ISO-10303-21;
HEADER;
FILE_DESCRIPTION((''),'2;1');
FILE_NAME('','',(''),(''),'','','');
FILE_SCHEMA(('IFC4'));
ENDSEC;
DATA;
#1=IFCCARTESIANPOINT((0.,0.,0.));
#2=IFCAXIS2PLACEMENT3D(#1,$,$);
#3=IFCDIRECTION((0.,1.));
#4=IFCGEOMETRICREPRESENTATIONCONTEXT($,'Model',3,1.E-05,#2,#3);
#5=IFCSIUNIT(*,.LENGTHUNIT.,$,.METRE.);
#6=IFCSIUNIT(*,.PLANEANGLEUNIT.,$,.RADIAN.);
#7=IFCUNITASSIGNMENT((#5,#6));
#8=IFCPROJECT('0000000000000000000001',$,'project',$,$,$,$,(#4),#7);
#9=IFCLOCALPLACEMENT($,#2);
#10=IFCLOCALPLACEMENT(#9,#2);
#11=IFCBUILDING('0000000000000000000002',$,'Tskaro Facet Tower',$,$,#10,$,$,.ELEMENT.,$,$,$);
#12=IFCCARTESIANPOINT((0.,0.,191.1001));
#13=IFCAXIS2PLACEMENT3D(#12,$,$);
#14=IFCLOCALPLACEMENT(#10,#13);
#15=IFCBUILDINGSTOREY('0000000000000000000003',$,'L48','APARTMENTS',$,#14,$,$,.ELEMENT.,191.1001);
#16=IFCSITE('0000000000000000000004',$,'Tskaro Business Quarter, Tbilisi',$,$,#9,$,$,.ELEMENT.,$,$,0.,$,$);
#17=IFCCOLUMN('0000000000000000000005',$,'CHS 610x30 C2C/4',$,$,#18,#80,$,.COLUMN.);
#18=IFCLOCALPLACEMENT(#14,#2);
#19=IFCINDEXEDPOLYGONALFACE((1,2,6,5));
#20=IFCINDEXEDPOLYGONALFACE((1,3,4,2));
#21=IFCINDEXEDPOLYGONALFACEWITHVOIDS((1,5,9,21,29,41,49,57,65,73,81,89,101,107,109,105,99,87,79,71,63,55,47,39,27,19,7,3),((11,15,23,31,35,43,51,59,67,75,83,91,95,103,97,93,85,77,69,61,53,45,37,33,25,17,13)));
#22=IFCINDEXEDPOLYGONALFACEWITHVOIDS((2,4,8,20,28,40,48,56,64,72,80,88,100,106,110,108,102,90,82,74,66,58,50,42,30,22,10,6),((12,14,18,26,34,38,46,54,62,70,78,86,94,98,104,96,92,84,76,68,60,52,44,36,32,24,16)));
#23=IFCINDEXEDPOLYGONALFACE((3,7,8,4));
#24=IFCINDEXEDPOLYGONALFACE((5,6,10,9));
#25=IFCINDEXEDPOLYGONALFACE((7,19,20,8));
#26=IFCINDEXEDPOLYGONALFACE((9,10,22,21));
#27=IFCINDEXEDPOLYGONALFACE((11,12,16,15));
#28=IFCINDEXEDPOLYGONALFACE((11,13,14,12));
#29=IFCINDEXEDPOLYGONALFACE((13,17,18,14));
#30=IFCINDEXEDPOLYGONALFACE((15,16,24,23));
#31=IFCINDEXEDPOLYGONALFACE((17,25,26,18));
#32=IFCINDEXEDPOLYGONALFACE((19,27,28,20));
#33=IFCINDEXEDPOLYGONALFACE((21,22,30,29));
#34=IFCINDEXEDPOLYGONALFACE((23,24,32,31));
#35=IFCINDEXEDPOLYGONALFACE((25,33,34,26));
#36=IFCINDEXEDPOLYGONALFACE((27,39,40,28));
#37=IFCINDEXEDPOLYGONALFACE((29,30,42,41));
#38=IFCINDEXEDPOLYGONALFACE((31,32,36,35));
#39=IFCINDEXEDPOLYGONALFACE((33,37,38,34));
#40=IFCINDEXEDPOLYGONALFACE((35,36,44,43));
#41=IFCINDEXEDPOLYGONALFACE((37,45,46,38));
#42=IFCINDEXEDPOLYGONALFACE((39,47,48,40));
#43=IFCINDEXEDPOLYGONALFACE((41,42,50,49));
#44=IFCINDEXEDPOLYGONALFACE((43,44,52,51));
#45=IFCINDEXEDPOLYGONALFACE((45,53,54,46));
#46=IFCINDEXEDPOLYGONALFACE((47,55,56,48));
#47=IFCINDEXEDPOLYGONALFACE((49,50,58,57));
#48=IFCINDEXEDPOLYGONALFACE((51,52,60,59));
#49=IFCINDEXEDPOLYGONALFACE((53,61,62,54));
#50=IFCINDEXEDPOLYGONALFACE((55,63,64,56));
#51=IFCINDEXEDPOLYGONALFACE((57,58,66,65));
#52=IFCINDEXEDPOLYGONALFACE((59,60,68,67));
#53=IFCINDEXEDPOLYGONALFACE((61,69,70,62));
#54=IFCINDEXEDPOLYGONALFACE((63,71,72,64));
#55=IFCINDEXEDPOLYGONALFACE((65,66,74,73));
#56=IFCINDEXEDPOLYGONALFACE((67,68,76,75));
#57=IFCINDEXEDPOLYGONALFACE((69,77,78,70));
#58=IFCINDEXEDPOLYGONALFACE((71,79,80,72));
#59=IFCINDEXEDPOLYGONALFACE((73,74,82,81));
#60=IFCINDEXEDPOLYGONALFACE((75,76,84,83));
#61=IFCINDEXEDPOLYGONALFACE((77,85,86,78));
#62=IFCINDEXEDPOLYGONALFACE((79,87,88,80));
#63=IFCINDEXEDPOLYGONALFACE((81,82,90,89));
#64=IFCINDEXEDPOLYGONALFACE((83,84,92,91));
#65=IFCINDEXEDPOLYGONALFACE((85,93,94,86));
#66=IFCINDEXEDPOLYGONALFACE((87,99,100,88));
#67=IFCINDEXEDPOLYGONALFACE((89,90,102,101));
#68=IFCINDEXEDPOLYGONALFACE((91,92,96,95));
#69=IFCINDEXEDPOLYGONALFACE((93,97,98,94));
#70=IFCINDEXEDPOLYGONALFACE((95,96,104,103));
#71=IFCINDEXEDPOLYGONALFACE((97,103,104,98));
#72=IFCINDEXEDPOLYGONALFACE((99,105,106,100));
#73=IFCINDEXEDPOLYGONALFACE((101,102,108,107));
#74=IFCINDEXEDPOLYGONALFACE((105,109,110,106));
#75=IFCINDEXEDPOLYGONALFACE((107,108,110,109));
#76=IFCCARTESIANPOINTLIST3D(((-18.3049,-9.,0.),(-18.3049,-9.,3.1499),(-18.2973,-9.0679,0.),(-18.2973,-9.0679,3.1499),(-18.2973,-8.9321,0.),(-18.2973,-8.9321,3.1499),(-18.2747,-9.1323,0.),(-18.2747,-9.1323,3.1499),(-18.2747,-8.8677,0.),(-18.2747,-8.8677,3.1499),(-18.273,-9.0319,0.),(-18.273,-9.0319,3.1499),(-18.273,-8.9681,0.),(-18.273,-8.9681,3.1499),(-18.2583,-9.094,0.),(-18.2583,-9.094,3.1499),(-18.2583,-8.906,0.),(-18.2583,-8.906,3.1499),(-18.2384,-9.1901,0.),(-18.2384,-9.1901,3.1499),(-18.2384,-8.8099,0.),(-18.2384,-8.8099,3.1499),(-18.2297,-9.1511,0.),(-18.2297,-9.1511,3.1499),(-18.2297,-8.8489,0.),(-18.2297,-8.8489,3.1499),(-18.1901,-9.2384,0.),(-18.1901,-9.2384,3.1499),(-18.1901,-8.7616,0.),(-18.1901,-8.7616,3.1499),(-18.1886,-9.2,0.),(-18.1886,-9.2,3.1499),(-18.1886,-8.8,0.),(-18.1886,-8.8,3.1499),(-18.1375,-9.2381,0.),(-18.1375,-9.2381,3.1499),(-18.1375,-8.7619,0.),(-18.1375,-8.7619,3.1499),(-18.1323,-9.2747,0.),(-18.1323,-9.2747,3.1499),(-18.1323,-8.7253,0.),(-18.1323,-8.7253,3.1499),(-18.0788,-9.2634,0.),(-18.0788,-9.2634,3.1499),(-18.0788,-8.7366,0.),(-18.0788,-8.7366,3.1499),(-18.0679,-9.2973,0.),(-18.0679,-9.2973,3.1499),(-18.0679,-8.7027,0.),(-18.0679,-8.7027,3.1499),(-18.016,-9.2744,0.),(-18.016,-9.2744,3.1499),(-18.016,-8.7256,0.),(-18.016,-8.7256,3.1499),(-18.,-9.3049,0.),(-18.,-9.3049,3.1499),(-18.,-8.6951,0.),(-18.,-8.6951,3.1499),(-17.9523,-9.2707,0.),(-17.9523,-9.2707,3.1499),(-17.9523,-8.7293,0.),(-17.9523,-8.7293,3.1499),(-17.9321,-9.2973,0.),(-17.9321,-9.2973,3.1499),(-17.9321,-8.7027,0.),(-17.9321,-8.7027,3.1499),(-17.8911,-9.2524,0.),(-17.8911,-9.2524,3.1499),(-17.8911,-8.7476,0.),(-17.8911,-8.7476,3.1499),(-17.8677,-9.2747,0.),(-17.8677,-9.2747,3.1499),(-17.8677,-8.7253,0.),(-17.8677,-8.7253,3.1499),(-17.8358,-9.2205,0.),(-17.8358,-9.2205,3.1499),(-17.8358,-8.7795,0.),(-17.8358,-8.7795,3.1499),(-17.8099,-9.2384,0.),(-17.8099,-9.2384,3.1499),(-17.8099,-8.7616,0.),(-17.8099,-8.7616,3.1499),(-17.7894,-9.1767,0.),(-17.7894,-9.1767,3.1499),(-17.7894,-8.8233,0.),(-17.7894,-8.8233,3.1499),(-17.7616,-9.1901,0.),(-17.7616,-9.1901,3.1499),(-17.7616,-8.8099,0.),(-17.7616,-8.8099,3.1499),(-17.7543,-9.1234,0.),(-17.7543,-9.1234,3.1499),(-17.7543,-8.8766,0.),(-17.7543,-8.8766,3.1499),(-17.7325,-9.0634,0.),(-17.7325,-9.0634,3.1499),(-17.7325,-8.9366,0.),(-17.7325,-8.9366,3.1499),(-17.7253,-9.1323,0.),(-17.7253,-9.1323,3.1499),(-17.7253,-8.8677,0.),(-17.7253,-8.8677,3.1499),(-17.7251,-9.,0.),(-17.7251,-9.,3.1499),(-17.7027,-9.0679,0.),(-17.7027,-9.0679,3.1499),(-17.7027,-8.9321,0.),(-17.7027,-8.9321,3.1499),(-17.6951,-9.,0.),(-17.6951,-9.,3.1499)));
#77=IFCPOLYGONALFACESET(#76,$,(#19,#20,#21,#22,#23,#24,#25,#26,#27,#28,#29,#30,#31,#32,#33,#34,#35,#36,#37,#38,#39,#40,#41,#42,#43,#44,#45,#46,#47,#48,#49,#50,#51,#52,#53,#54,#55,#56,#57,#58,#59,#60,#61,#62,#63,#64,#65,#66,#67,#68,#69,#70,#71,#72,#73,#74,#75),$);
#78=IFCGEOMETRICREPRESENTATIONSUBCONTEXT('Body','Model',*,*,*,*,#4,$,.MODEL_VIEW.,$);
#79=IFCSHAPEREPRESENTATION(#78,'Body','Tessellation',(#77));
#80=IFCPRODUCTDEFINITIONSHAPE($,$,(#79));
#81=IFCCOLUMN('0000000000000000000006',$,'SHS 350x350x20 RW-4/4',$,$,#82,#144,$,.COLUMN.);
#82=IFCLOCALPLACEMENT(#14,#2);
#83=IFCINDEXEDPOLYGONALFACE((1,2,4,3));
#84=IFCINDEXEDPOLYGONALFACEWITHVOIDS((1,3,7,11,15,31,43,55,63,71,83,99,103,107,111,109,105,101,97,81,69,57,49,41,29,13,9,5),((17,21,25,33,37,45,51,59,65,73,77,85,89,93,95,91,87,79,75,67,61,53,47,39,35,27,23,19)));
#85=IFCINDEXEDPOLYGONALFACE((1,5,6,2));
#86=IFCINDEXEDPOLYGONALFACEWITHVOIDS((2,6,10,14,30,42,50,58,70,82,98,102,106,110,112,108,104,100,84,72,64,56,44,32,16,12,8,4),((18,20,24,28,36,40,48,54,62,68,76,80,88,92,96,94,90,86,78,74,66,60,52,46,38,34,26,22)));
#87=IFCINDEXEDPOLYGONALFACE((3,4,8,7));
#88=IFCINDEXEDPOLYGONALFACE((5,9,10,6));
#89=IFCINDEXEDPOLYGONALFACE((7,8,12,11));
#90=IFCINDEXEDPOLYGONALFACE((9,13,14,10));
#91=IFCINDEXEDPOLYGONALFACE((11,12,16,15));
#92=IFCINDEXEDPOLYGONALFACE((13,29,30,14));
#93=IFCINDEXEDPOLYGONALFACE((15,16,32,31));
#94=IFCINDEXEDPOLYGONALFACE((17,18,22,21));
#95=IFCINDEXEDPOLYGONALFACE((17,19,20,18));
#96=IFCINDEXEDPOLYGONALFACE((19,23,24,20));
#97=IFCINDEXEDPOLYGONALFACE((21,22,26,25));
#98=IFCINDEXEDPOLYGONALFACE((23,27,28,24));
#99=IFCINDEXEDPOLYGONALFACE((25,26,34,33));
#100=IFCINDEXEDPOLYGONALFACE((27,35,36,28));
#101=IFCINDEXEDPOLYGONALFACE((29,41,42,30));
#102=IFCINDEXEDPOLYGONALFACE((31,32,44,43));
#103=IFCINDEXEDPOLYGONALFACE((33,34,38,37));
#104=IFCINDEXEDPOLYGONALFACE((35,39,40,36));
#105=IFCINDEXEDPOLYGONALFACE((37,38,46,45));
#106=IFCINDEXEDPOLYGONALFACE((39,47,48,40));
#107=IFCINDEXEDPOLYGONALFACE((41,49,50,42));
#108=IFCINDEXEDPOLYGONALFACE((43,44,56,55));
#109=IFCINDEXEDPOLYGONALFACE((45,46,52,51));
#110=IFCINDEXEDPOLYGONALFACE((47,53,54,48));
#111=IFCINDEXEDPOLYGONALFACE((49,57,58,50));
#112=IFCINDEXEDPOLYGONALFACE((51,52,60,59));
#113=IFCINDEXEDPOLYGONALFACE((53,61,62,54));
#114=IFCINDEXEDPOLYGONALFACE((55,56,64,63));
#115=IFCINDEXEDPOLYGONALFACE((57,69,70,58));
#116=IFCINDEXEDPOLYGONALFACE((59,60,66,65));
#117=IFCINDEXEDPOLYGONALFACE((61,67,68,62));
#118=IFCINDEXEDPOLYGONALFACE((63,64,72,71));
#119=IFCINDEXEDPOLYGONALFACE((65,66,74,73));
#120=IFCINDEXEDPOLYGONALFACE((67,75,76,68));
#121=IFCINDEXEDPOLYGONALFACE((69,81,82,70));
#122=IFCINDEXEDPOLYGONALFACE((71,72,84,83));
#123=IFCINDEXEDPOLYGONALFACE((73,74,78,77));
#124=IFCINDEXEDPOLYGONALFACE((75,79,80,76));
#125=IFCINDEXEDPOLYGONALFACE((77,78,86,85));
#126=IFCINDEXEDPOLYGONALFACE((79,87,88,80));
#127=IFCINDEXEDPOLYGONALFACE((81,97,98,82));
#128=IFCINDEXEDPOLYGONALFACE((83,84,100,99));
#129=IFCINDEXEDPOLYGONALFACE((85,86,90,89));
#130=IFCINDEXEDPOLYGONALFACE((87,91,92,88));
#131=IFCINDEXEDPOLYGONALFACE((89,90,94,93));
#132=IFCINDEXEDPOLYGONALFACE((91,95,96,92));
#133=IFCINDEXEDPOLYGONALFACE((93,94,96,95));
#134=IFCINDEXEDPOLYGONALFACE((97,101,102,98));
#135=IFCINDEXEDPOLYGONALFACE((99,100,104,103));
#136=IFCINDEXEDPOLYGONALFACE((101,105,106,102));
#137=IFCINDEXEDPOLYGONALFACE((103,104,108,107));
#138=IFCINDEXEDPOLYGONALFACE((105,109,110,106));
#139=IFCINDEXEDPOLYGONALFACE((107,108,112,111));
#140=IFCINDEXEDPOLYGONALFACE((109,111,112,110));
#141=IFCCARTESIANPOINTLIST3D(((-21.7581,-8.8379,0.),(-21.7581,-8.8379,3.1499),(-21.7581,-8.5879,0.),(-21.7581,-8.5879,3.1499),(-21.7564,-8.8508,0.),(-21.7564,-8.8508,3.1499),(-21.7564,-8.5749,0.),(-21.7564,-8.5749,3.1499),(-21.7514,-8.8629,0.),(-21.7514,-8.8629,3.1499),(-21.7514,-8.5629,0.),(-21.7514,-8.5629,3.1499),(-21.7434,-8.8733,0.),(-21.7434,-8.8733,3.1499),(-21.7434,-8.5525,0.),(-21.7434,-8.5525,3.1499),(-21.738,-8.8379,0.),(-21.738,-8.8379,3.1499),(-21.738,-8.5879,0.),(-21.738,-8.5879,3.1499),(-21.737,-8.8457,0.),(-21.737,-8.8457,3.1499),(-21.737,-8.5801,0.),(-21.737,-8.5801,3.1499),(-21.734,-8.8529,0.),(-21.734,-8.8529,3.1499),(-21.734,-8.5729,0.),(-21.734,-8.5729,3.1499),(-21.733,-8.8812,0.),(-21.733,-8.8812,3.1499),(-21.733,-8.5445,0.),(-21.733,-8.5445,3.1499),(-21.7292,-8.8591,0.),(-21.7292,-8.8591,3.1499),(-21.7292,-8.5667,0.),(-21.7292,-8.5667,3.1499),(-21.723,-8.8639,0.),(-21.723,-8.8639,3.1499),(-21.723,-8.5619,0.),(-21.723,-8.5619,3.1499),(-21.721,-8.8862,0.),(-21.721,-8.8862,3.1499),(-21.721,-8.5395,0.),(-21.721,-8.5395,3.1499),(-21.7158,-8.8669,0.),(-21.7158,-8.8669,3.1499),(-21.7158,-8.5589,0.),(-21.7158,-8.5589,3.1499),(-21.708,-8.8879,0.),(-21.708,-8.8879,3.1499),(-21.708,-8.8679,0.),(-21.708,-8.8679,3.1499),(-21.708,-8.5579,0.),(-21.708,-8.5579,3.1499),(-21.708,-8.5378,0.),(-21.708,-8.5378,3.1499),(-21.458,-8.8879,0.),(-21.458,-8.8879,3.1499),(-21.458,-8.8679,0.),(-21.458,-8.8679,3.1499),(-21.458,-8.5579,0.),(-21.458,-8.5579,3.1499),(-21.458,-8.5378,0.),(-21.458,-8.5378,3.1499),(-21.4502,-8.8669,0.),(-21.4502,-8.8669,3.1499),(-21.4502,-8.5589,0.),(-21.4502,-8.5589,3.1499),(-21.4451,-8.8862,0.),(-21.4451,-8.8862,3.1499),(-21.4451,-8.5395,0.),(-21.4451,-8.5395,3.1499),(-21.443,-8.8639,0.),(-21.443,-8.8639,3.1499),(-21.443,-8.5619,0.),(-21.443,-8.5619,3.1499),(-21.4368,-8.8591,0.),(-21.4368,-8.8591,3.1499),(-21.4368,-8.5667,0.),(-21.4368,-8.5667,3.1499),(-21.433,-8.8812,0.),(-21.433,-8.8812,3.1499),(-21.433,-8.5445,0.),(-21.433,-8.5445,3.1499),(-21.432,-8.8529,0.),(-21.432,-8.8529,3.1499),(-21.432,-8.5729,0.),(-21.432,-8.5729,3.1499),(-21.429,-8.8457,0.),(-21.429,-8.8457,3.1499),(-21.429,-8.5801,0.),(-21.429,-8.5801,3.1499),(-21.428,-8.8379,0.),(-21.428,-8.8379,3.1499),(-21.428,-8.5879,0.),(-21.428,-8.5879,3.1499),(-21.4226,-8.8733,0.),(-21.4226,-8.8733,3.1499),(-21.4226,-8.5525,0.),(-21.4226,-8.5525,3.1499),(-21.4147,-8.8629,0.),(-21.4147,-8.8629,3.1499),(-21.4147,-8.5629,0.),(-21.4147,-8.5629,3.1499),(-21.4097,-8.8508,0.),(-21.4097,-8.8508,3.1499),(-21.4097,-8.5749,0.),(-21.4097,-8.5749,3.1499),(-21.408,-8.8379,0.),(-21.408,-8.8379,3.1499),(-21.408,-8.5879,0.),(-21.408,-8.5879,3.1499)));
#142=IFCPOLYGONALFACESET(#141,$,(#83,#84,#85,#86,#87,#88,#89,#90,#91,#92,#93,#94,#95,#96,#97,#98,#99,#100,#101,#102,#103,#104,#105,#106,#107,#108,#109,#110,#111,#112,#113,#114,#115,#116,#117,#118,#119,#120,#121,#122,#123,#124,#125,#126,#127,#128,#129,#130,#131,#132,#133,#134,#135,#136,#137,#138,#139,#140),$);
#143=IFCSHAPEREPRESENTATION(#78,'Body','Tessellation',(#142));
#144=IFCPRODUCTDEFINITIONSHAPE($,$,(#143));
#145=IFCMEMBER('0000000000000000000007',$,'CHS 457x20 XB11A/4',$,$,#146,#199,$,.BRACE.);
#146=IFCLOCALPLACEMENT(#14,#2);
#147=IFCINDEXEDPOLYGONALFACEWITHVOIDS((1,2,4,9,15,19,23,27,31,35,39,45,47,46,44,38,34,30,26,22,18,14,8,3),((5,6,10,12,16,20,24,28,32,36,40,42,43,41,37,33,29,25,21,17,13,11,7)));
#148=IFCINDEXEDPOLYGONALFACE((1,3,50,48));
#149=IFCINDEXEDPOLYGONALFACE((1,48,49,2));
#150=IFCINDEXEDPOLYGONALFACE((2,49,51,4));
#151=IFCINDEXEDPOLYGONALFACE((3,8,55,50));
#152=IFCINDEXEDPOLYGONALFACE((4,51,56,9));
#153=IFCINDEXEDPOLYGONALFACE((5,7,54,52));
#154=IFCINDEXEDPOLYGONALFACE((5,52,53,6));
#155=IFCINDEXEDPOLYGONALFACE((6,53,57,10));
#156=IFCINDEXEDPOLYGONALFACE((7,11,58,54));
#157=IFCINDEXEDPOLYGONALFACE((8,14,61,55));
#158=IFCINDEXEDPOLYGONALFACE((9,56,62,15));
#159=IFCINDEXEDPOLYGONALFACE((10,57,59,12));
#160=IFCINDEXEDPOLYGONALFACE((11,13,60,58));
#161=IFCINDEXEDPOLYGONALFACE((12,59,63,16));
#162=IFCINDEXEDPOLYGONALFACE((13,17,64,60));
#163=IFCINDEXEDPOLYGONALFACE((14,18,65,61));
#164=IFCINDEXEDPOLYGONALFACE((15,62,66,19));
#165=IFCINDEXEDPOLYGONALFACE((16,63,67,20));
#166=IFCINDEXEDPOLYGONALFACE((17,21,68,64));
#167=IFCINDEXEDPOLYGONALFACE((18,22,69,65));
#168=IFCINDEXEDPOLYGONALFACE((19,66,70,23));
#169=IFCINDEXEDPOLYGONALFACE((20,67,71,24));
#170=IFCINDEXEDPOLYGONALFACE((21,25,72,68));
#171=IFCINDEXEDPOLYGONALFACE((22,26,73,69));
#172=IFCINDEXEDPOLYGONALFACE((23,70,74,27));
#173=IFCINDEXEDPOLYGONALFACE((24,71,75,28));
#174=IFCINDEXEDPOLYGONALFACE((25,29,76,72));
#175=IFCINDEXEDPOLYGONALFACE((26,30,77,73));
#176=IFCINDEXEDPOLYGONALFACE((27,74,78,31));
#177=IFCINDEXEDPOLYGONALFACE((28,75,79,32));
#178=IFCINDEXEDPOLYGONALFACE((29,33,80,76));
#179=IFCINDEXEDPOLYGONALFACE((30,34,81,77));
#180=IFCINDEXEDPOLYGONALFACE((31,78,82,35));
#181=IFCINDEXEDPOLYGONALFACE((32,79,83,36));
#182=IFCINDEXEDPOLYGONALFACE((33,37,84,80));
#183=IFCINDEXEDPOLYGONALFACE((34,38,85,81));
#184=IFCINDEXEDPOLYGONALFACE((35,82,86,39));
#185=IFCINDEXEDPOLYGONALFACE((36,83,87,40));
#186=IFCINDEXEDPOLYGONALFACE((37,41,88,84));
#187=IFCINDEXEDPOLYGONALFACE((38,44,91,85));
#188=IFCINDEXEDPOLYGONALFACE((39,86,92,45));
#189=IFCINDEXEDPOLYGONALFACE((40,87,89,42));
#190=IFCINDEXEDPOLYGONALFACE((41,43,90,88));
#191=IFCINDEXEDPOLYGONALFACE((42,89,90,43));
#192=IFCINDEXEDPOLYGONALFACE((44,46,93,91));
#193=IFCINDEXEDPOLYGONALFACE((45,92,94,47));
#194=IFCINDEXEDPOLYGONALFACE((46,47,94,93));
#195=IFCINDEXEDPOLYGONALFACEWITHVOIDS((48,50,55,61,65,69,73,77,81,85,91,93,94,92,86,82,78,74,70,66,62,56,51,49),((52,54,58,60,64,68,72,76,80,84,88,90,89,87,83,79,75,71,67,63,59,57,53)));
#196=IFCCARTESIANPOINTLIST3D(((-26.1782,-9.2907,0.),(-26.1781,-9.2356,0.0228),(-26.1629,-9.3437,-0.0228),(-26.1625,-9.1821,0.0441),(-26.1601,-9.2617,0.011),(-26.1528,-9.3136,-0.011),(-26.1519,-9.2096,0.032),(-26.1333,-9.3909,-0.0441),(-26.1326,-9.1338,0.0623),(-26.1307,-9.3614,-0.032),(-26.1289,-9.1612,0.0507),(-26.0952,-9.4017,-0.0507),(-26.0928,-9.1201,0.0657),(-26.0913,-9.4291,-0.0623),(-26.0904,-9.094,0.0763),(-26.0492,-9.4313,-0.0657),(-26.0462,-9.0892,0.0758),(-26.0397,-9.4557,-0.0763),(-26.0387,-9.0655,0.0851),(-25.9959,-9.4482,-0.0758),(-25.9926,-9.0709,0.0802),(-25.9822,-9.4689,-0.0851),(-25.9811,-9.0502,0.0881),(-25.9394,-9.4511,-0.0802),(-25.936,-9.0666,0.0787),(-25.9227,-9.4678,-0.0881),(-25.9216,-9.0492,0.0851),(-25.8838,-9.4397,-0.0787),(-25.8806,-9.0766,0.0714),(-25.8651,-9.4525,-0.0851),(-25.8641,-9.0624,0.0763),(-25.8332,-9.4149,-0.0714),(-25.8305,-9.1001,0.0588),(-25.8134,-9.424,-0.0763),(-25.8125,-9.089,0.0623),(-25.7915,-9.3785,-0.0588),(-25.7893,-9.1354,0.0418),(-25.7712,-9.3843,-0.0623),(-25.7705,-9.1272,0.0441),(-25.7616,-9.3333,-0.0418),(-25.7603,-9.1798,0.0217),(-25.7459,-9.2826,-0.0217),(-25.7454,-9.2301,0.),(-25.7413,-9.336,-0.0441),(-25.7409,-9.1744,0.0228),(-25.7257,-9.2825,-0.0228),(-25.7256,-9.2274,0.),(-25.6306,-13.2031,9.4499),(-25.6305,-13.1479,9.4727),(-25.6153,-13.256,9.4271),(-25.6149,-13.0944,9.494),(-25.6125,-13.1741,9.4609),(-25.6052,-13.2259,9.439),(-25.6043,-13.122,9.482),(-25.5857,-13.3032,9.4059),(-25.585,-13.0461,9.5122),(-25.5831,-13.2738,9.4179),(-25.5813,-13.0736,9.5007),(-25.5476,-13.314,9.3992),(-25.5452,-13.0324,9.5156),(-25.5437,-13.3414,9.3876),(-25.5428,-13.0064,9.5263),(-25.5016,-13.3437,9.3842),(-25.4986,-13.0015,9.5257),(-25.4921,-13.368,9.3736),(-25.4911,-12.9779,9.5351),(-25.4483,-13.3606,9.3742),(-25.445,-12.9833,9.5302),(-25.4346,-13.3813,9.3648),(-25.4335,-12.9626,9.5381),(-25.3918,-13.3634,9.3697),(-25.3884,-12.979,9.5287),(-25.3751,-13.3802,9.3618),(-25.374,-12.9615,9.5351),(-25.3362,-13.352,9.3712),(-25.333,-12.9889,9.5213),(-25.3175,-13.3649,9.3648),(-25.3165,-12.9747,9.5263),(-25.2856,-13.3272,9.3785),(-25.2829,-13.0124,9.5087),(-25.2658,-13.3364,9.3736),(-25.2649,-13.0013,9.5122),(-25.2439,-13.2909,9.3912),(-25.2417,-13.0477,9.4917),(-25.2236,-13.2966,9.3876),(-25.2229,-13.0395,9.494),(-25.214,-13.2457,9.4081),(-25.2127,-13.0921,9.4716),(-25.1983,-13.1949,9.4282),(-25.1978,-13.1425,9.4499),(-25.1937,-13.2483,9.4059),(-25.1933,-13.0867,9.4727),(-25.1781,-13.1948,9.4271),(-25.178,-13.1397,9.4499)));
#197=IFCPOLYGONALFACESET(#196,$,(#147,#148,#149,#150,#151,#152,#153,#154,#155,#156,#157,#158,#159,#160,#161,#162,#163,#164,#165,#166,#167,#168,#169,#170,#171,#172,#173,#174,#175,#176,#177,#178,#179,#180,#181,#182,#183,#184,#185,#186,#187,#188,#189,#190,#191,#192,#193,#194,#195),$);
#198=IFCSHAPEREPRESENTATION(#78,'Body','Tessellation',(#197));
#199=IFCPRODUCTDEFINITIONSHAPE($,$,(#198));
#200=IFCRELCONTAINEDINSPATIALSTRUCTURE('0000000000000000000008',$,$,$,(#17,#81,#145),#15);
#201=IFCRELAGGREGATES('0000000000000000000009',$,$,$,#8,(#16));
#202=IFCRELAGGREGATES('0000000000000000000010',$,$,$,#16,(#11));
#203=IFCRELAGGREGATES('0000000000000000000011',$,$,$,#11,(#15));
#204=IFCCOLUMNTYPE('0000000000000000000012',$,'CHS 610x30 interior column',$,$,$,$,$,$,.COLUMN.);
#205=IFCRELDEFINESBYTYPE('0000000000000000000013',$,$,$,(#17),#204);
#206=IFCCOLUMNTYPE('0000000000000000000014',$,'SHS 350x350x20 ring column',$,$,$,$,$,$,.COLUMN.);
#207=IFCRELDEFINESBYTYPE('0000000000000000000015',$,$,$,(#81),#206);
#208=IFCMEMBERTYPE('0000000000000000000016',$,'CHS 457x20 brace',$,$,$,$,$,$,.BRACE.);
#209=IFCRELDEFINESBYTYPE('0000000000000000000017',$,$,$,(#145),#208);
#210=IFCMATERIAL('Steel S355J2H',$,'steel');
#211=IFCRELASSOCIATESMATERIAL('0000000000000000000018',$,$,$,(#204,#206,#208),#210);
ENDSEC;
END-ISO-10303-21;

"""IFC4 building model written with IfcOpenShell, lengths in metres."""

from ifc_helpers import new_model, si_unit, direction, frame, origin, origin_2d, place, context, subcontext, project, spatial, hollow_rectangle, hollow_circle, extrude, material, material_profile, profile_set, type_object, element, save


model = new_model("IFC4")

# Units and contexts
model_context = context("Model", 3, precision=1e-05, world=origin(), true_north=direction((0.0, 1.0)))
body_context = subcontext(model_context, "Body", "Model", "MODEL_VIEW")
ifc_project = project(units=[si_unit("LENGTHUNIT", "METRE"), si_unit("PLANEANGLEUNIT", "RADIAN")], contexts=[model_context])

# Site, building, storey
site_placement = place(None, origin())
site = spatial("IfcSite", under=ifc_project, at=site_placement, Name="Tskaro Business Quarter, Tbilisi", CompositionType="ELEMENT", RefElevation=0.0)
building_placement = place(site_placement, origin())
building = spatial("IfcBuilding", under=site, at=building_placement, Name="Tskaro Facet Tower", CompositionType="ELEMENT")
storey_placement = place(building_placement, frame((0.0, 0.0, 191.1001)))
storey = spatial("IfcBuildingStorey", under=building, at=storey_placement, Name="L48", Description="APARTMENTS", CompositionType="ELEMENT", Elevation=191.1001)

# Columns
ifc_material_1 = material(Name="Steel S355J2H", Category="steel")
ifc_material_profile_1 = material_profile(ifc_material_1, hollow_circle(Radius=0.3049, WallThickness=0.03, at=origin_2d()), Name="CHS 610x30")
ifc_profile_set_1 = profile_set([ifc_material_profile_1], Name="Steel S355J2H")
column_type_1 = type_object("IfcColumnType", Name="CHS 610x30 interior column", PredefinedType="COLUMN", material=ifc_profile_set_1)
column_1_placement = place(storey_placement, frame((-18.0, -9.0, 0.0), z_axis=(0.0, 0.0, 1.0), x_axis=(1.0, 0.0, 0.0)))
element("IfcColumn", 1, at=column_1_placement, inside=storey, type_object=column_type_1, Name="CHS 610x30 C2C/4", PredefinedType="COLUMN", context=body_context, shape_type="SweptSolid", body=[
    extrude(hollow_circle(Radius=0.3049, WallThickness=0.03, at=origin_2d()), origin(), (0.0, 0.0, 1.0), 3.1499),
])
ifc_material_profile_2 = material_profile(ifc_material_1, hollow_rectangle(XDim=0.3501, YDim=0.3501, WallThickness=0.02, InnerFilletRadius=0.03, OuterFilletRadius=0.05, at=origin_2d()), Name="SHS 350x350x20")
ifc_profile_set_2 = profile_set([ifc_material_profile_2], Name="Steel S355J2H")
column_type_2 = type_object("IfcColumnType", Name="SHS 350x350x20 ring column", PredefinedType="COLUMN", material=ifc_profile_set_2)
column_2_placement = place(storey_placement, frame((-21.583, -8.7129, 0.0), z_axis=(0.0, 0.0, 1.0), x_axis=(1.0, 0.0, 0.0)))
element("IfcColumn", 2, at=column_2_placement, inside=storey, type_object=column_type_2, Name="SHS 350x350x20 RW-4/4", PredefinedType="COLUMN", context=body_context, shape_type="SweptSolid", body=[
    extrude(hollow_rectangle(XDim=0.3501, YDim=0.3501, WallThickness=0.02, InnerFilletRadius=0.03, OuterFilletRadius=0.05, at=origin_2d()), origin(), (0.0, 0.0, 1.0), 3.1499),
])

# Member
ifc_material_profile_3 = material_profile(ifc_material_1, hollow_circle(Radius=0.2285, WallThickness=0.02, at=origin_2d()), Name="CHS 457x20")
ifc_profile_set_3 = profile_set([ifc_material_profile_3], Name="Steel S355J2H")
member_type_1 = type_object("IfcMemberType", Name="CHS 457x20 brace", PredefinedType="BRACE", material=ifc_profile_set_3)
member_1_placement = place(storey_placement, frame((-25.9519, -9.259, 0.0), z_axis=(0.053464, -0.381974, 0.922625), x_axis=(0.990346, 0.138618, 0.0)))
element("IfcMember", 3, at=member_1_placement, inside=storey, type_object=member_type_1, Name="CHS 457x20 XB11A/4", PredefinedType="BRACE", context=body_context, shape_type="SweptSolid", body=[
    extrude(hollow_circle(Radius=0.2285, WallThickness=0.02, at=origin_2d()), origin(), (0.0, 0.0, 1.0), 10.2424),
])

save(model, "model.ifc")
